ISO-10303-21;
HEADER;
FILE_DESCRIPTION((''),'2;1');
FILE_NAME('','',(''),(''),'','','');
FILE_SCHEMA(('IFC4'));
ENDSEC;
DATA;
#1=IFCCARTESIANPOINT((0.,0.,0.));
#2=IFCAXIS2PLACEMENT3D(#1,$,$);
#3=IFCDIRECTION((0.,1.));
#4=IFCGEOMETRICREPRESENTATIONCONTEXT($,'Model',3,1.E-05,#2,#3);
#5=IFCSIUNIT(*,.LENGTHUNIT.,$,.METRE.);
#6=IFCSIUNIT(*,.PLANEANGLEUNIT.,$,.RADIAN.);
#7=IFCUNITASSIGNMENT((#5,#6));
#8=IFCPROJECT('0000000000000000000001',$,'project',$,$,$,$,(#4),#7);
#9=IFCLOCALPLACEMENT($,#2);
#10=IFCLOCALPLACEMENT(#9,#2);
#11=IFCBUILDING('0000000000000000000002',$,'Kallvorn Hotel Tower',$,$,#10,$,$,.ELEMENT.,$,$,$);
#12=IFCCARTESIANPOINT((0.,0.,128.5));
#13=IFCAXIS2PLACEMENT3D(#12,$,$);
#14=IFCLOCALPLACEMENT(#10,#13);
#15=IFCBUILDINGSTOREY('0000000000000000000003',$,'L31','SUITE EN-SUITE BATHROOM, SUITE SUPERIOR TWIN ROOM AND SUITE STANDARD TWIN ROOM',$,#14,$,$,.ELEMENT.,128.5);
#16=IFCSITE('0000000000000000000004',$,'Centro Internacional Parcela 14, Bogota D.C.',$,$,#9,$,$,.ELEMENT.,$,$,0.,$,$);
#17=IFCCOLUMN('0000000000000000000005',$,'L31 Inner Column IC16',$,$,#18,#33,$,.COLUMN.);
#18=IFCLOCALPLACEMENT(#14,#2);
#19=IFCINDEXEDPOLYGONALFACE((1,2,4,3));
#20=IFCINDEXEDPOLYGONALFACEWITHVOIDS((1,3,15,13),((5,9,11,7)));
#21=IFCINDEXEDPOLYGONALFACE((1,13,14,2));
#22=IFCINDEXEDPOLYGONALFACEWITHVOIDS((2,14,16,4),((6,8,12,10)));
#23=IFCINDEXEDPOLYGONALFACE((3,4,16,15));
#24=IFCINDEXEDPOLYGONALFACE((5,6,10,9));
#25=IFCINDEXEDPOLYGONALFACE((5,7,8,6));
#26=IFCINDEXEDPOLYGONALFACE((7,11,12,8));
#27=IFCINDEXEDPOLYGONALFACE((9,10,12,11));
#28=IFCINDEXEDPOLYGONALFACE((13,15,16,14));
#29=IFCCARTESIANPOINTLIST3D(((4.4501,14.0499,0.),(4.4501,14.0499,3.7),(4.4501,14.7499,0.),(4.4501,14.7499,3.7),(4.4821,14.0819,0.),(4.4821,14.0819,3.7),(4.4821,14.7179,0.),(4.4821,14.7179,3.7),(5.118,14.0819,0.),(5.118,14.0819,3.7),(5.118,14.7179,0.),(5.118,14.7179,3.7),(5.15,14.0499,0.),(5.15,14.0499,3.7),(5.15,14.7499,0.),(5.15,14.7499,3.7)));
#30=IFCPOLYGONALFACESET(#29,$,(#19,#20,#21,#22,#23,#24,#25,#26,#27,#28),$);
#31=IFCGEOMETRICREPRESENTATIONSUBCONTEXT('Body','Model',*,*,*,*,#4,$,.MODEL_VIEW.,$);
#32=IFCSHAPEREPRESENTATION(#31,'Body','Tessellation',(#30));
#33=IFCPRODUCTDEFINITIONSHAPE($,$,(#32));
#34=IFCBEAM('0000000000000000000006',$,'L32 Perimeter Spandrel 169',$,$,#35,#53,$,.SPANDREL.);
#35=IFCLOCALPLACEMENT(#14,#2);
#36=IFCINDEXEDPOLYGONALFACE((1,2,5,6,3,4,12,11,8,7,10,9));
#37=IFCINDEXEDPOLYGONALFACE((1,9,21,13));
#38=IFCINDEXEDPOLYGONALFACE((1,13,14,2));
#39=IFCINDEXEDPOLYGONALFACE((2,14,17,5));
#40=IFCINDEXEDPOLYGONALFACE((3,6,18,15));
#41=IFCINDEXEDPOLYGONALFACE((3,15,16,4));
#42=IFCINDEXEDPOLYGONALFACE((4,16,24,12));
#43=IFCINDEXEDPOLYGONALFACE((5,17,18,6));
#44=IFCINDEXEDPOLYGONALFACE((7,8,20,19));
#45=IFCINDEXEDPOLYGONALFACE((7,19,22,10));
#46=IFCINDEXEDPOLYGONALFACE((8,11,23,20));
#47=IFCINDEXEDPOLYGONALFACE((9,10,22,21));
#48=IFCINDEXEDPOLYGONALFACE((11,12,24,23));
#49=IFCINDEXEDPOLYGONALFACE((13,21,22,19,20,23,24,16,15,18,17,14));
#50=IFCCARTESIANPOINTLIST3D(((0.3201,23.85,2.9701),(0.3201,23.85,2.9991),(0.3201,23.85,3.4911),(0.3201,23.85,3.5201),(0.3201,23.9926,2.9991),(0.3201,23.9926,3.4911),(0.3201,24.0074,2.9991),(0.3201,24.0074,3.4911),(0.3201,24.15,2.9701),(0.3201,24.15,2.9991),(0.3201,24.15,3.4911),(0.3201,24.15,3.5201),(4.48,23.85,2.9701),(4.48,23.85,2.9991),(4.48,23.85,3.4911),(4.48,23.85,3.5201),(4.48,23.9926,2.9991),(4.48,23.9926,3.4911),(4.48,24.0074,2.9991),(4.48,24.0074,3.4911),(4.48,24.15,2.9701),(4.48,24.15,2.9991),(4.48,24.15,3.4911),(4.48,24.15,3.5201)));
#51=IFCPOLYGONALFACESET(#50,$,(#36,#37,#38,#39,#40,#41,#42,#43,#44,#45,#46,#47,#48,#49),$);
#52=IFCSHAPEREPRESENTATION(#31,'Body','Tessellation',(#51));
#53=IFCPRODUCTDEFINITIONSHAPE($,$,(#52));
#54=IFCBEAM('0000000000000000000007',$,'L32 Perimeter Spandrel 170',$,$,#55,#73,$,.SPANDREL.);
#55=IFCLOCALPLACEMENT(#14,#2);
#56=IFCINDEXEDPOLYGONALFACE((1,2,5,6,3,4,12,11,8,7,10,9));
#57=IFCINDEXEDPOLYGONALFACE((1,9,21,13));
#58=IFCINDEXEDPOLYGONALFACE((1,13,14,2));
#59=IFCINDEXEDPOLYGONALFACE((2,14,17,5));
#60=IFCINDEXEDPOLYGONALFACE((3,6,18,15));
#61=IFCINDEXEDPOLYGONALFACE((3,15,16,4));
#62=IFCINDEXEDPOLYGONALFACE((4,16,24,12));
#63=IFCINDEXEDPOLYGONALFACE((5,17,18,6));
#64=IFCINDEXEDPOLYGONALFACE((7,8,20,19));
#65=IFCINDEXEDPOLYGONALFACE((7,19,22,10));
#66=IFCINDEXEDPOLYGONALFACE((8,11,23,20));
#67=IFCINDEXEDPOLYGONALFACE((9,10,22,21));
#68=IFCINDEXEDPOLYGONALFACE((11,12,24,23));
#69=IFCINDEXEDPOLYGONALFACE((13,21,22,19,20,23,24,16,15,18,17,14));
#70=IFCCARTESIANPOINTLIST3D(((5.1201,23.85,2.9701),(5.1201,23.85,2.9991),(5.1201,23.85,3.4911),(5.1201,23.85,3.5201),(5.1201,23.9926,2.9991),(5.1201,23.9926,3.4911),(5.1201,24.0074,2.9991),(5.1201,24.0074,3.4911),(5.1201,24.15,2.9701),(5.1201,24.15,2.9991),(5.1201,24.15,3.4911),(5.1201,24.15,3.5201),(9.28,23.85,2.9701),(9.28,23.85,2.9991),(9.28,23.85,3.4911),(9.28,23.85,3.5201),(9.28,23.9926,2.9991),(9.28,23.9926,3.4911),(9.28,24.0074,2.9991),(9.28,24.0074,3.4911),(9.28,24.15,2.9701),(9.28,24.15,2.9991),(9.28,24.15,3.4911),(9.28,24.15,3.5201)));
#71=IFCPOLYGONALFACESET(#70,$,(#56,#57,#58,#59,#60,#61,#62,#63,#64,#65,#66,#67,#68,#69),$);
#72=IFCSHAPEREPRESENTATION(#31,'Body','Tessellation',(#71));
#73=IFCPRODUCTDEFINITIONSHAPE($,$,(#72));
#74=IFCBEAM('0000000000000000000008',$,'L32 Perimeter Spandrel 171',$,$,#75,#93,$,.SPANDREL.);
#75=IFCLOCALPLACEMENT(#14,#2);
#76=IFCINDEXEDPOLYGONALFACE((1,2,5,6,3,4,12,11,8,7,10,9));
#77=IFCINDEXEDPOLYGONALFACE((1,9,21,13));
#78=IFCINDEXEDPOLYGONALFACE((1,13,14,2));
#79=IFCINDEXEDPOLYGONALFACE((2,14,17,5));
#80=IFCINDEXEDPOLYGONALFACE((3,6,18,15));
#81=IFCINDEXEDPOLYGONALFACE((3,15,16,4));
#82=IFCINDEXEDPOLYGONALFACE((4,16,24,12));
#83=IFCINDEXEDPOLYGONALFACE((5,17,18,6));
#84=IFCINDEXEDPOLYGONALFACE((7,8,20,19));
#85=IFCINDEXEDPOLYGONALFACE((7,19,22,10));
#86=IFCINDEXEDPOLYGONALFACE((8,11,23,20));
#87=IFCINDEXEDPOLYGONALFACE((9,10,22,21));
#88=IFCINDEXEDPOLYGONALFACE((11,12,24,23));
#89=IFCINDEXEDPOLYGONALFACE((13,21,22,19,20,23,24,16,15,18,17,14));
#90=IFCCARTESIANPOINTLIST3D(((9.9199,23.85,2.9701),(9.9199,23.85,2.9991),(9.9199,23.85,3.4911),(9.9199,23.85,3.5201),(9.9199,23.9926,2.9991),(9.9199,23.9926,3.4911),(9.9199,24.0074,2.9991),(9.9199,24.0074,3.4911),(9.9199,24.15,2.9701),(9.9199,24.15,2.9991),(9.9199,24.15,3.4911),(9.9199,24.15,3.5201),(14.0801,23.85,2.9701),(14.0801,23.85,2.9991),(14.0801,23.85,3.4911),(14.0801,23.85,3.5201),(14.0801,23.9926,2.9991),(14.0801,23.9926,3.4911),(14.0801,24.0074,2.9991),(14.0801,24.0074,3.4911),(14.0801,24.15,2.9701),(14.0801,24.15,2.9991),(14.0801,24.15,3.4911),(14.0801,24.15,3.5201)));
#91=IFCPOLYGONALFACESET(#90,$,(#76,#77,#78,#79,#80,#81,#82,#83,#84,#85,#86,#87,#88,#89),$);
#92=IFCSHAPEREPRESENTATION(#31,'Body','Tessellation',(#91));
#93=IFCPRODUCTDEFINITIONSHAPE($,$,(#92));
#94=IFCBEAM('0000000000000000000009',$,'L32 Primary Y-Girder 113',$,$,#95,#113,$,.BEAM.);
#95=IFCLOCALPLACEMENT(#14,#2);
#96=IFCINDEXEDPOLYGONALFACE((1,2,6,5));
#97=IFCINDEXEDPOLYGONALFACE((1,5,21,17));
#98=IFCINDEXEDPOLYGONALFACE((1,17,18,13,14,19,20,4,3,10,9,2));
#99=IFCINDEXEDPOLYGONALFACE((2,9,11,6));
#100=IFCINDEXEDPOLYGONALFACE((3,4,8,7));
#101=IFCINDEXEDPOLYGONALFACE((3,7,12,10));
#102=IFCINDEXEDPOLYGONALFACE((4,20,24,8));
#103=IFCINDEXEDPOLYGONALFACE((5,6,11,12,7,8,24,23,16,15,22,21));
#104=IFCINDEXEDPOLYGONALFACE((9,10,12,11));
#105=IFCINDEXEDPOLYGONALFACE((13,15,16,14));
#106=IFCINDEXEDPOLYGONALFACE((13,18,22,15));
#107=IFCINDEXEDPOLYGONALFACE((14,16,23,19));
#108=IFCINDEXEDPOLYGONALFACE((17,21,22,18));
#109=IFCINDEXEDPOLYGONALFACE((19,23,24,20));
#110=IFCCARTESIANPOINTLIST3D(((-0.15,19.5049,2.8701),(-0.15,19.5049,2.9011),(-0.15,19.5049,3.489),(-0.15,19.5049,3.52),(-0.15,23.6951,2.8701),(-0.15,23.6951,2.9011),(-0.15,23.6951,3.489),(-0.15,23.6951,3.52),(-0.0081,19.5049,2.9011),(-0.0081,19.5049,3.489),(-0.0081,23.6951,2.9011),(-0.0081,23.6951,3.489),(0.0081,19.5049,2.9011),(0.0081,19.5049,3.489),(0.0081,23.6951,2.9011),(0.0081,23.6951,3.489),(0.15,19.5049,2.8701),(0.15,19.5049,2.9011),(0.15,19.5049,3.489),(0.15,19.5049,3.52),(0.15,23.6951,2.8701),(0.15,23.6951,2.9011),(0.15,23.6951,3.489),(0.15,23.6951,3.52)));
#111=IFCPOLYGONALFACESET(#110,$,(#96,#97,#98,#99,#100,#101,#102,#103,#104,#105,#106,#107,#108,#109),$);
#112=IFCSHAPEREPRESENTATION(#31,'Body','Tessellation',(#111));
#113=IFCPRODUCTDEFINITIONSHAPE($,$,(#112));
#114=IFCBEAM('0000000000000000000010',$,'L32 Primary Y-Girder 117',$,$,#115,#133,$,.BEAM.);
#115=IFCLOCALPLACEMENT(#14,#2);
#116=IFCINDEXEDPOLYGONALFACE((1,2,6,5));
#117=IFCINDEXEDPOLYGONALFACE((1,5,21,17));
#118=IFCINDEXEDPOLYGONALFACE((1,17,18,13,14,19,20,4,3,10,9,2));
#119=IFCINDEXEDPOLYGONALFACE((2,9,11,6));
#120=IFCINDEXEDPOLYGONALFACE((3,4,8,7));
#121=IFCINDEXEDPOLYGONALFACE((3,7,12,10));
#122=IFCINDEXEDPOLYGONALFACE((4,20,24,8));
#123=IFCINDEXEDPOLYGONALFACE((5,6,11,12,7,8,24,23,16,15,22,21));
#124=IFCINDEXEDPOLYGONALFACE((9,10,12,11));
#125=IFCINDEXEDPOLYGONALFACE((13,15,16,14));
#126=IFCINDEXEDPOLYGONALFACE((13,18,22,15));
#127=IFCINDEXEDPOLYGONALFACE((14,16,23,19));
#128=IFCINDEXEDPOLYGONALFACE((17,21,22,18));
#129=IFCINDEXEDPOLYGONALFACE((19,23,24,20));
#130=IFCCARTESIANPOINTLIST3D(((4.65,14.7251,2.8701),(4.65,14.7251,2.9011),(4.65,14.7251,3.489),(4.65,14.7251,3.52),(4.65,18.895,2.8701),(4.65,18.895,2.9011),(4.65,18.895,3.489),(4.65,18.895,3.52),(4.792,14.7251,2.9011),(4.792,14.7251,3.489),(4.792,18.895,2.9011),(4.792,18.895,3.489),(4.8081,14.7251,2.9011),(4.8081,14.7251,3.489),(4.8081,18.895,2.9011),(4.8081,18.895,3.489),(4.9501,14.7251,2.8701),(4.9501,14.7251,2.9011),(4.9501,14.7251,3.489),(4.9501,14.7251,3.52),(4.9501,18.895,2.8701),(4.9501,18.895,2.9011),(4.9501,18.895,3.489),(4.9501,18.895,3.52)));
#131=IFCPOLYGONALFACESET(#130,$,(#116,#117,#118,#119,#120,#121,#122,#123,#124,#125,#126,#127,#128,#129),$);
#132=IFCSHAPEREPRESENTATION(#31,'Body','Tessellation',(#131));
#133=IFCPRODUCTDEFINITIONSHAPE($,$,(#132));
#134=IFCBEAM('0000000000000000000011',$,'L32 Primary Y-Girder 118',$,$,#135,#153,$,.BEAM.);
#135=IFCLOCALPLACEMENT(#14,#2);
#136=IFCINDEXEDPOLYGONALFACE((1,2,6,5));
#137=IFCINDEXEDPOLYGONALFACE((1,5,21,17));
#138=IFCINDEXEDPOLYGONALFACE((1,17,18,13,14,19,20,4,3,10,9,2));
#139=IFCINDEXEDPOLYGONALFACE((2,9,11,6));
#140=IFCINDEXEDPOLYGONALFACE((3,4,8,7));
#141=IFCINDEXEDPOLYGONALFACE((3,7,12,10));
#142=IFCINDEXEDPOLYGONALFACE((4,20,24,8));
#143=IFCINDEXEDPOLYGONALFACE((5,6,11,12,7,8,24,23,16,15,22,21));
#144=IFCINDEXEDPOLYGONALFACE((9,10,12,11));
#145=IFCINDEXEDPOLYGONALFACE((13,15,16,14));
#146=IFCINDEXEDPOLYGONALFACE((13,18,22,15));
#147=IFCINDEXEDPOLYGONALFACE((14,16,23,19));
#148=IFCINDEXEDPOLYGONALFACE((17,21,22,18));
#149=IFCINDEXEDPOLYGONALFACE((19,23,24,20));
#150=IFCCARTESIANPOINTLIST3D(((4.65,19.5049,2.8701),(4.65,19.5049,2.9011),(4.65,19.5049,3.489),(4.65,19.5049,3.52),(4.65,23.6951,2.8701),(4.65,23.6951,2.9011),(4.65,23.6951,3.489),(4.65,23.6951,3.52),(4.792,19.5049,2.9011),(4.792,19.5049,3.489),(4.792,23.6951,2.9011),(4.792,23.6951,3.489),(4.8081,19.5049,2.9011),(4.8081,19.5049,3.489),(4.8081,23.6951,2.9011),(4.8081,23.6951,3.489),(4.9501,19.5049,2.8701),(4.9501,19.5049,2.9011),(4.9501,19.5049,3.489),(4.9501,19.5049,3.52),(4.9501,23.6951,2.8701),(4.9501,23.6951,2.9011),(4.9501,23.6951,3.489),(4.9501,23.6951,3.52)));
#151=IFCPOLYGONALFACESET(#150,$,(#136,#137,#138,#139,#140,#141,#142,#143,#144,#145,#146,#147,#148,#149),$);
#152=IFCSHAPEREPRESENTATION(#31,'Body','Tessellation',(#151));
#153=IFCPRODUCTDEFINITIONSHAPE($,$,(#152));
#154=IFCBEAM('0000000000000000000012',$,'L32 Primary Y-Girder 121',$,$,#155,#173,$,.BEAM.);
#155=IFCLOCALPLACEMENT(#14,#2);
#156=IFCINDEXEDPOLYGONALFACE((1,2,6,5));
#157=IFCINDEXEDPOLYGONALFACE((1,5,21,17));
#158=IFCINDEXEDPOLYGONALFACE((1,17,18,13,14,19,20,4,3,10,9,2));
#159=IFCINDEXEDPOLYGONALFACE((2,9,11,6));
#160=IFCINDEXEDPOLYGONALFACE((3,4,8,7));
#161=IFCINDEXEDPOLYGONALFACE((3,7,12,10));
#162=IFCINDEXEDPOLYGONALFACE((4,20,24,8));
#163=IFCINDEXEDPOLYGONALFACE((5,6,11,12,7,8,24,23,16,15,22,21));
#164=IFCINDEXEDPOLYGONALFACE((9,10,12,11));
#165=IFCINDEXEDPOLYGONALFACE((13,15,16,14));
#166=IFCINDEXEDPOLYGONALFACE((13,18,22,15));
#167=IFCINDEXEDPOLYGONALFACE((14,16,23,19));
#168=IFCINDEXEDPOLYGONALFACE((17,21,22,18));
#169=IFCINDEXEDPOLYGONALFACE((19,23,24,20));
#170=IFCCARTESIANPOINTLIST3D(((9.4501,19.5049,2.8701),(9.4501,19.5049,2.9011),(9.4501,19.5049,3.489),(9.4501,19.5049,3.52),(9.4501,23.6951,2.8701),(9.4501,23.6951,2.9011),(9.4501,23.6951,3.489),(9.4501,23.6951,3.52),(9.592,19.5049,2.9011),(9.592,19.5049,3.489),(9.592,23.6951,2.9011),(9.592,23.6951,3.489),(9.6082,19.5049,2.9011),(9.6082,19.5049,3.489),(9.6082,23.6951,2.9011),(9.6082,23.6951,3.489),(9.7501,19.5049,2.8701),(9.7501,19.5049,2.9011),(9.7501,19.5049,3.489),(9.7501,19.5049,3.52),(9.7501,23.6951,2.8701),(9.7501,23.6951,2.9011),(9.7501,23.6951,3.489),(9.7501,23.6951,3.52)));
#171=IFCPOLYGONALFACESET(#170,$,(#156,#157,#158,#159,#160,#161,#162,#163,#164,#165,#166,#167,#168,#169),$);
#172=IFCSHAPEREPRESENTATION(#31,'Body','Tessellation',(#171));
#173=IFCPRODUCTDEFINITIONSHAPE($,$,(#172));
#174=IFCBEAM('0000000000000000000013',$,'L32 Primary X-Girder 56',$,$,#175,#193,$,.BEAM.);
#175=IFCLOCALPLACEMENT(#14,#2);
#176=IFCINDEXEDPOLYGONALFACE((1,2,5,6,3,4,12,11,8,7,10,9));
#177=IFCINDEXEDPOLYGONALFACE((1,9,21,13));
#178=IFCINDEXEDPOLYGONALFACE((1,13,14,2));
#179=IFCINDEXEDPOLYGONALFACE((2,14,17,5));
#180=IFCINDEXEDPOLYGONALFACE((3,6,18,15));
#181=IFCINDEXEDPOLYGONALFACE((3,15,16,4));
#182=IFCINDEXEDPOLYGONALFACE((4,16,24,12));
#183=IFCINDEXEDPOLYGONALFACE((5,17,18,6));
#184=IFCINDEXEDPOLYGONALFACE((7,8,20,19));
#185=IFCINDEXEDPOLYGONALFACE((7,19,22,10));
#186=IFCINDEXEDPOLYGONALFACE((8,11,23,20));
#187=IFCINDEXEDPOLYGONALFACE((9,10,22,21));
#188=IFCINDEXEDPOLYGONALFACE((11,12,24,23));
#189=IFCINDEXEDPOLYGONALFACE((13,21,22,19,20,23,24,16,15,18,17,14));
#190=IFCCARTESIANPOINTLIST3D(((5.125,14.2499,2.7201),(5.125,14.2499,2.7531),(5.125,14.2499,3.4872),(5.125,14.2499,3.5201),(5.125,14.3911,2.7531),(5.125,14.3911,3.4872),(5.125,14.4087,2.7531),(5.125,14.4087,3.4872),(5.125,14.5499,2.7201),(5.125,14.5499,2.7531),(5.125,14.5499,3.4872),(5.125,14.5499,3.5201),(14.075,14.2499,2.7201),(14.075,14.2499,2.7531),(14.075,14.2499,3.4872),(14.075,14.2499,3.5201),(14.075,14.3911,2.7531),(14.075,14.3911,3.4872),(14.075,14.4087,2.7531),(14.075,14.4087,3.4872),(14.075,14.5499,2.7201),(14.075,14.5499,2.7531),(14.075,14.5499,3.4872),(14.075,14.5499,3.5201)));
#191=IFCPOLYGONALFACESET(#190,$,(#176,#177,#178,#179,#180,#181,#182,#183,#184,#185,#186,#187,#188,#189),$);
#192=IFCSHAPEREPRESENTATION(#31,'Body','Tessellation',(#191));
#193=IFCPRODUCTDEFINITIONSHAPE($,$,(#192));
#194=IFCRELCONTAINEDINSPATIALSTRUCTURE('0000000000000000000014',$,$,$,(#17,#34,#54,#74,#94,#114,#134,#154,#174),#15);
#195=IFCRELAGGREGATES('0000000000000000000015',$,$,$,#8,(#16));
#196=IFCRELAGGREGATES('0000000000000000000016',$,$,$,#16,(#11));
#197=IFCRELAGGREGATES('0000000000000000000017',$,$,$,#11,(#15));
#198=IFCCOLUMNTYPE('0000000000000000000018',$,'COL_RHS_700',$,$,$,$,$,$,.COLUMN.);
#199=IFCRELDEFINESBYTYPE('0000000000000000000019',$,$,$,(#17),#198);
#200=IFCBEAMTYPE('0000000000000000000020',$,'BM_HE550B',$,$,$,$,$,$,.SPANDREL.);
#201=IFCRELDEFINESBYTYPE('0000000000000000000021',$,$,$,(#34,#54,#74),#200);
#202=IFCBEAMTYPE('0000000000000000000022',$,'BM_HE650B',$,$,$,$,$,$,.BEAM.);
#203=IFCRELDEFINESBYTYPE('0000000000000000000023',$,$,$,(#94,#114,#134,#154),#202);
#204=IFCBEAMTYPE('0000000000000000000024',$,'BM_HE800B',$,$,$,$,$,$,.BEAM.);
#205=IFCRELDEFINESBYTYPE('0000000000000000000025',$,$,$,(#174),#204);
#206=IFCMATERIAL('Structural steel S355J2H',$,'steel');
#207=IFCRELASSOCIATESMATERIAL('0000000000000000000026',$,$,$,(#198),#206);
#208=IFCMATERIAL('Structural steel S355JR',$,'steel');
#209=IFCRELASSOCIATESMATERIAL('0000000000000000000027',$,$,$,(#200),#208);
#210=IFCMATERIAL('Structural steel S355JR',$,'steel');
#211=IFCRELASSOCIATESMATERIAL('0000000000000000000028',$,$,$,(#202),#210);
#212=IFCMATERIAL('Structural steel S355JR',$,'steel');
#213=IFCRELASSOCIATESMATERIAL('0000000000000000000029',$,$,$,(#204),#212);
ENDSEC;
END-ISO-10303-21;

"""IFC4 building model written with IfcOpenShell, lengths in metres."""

from ifc_helpers import new_model, si_unit, direction, frame, origin, origin_2d, place, context, subcontext, project, spatial, hollow_rectangle, i_section, extrude, material, material_profile, profile_set, type_object, element, save


model = new_model("IFC4")

# Units and contexts
model_context = context("Model", 3, precision=1e-05, world=origin(), true_north=direction((0.0, 1.0)))
body_context = subcontext(model_context, "Body", "Model", "MODEL_VIEW")
ifc_project = project(units=[si_unit("LENGTHUNIT", "METRE"), si_unit("PLANEANGLEUNIT", "RADIAN")], contexts=[model_context])

# Site, building, storey
site_placement = place(None, origin())
site = spatial("IfcSite", under=ifc_project, at=site_placement, Name="Centro Internacional Parcela 14, Bogota D.C.", CompositionType="ELEMENT", RefElevation=0.0)
building_placement = place(site_placement, origin())
building = spatial("IfcBuilding", under=site, at=building_placement, Name="Kallvorn Hotel Tower", CompositionType="ELEMENT")
storey_placement = place(building_placement, frame((0.0, 0.0, 128.5)))
storey = spatial("IfcBuildingStorey", under=building, at=storey_placement, Name="L31", Description="SUITE EN-SUITE BATHROOM, SUITE SUPERIOR TWIN ROOM AND SUITE STANDARD TWIN ROOM", CompositionType="ELEMENT", Elevation=128.5)

# Column
ifc_material_1 = material(Name="Structural steel S355J2H", Category="steel")
ifc_material_profile_1 = material_profile(ifc_material_1, hollow_rectangle(XDim=0.7, YDim=0.7, WallThickness=0.032, at=origin_2d()), Name="RHS 700x700x32")
ifc_profile_set_1 = profile_set([ifc_material_profile_1], Name="Structural steel S355J2H")
column_type_1 = type_object("IfcColumnType", Name="COL_RHS_700", PredefinedType="COLUMN", material=ifc_profile_set_1)
column_placement = place(storey_placement, frame((4.8, 14.3999, 0.0), z_axis=(0.0, 0.0, 1.0), x_axis=(1.0, 0.0, 0.0)))
element("IfcColumn", 1, at=column_placement, inside=storey, type_object=column_type_1, Name="L31 Inner Column IC16", PredefinedType="COLUMN", context=body_context, shape_type="SweptSolid", body=[
    extrude(hollow_rectangle(XDim=0.7, YDim=0.7, WallThickness=0.032, at=origin_2d()), origin(), (0.0, 0.0, 1.0), 3.7),
])

# Beams
ifc_material_2 = material(Name="Structural steel S355JR", Category="steel")
ifc_material_profile_2 = material_profile(ifc_material_2, i_section(OverallWidth=0.3, OverallDepth=0.55, WebThickness=0.0149, FlangeThickness=0.0291, at=origin_2d()), Name="HE 550 B")
ifc_profile_set_2 = profile_set([ifc_material_profile_2], Name="Structural steel S355JR")
beam_type_1 = type_object("IfcBeamType", Name="BM_HE550B", PredefinedType="SPANDREL", material=ifc_profile_set_2)
for number, where, z_axis, x_axis, name in (
    (2, (0.3201, 24.0, 3.2451), (1.0, 0.0, 0.0), (0.0, 1.0, 0.0), "L32 Perimeter Spandrel 169"),
    (3, (5.1201, 24.0, 3.2451), (1.0, 0.0, 0.0), (0.0, 1.0, 0.0), "L32 Perimeter Spandrel 170"),
):
    element("IfcBeam", number, at=place(storey_placement, frame(where, z_axis=z_axis, x_axis=x_axis)), inside=storey, type_object=beam_type_1, Name=name, PredefinedType="SPANDREL", context=body_context, shape_type="SweptSolid", body=[
        extrude(i_section(OverallWidth=0.3, OverallDepth=0.55, WebThickness=0.0149, FlangeThickness=0.0291, at=origin_2d()), origin(), (0.0, 0.0, 1.0), 4.1599),
    ])
beam_1_placement = place(storey_placement, frame((9.9199, 24.0, 3.2451), z_axis=(1.0, 0.0, 0.0), x_axis=(0.0, 1.0, 0.0)))
element("IfcBeam", 4, at=beam_1_placement, inside=storey, type_object=beam_type_1, Name="L32 Perimeter Spandrel 171", PredefinedType="SPANDREL", context=body_context, shape_type="SweptSolid", body=[
    extrude(i_section(OverallWidth=0.3, OverallDepth=0.55, WebThickness=0.0149, FlangeThickness=0.0291, at=origin_2d()), origin(), (0.0, 0.0, 1.0), 4.1602),
])
ifc_material_3 = material(Name="Structural steel S355JR", Category="steel")
ifc_material_profile_3 = material_profile(ifc_material_3, i_section(OverallWidth=0.3, OverallDepth=0.6499, WebThickness=0.0161, FlangeThickness=0.031, at=origin_2d()), Name="HE 650 B")
ifc_profile_set_3 = profile_set([ifc_material_profile_3], Name="Structural steel S355JR")
beam_type_2 = type_object("IfcBeamType", Name="BM_HE650B", PredefinedType="BEAM", material=ifc_profile_set_3)
beam_2_placement = place(storey_placement, frame((0.0, 19.5049, 3.1951), z_axis=(0.0, 1.0, 0.0), x_axis=(-1.0, 0.0, 0.0)))
element("IfcBeam", 5, at=beam_2_placement, inside=storey, type_object=beam_type_2, Name="L32 Primary Y-Girder 113", PredefinedType="BEAM", context=body_context, shape_type="SweptSolid", body=[
    extrude(i_section(OverallWidth=0.3, OverallDepth=0.6499, WebThickness=0.0161, FlangeThickness=0.031, at=origin_2d()), origin(), (0.0, 0.0, 1.0), 4.1902),
])
beam_3_placement = place(storey_placement, frame((4.8, 14.7251, 3.1951), z_axis=(0.0, 1.0, 0.0), x_axis=(-1.0, 0.0, 0.0)))
element("IfcBeam", 6, at=beam_3_placement, inside=storey, type_object=beam_type_2, Name="L32 Primary Y-Girder 117", PredefinedType="BEAM", context=body_context, shape_type="SweptSolid", body=[
    extrude(i_section(OverallWidth=0.3, OverallDepth=0.6499, WebThickness=0.0161, FlangeThickness=0.031, at=origin_2d()), origin(), (0.0, 0.0, 1.0), 4.1699),
])
for number, where, z_axis, x_axis, name in (
    (7, (4.8, 19.5049, 3.1951), (0.0, 1.0, 0.0), (-1.0, 0.0, 0.0), "L32 Primary Y-Girder 118"),
    (8, (9.6001, 19.5049, 3.1951), (0.0, 1.0, 0.0), (-1.0, 0.0, 0.0), "L32 Primary Y-Girder 121"),
):
    element("IfcBeam", number, at=place(storey_placement, frame(where, z_axis=z_axis, x_axis=x_axis)), inside=storey, type_object=beam_type_2, Name=name, PredefinedType="BEAM", context=body_context, shape_type="SweptSolid", body=[
        extrude(i_section(OverallWidth=0.3, OverallDepth=0.6499, WebThickness=0.0161, FlangeThickness=0.031, at=origin_2d()), origin(), (0.0, 0.0, 1.0), 4.1902),
    ])
ifc_material_4 = material(Name="Structural steel S355JR", Category="steel")
ifc_material_profile_4 = material_profile(ifc_material_4, i_section(OverallWidth=0.3, OverallDepth=0.8, WebThickness=0.0176, FlangeThickness=0.033, at=origin_2d()), Name="HE 800 B")
ifc_profile_set_4 = profile_set([ifc_material_profile_4], Name="Structural steel S355JR")
beam_type_3 = type_object("IfcBeamType", Name="BM_HE800B", PredefinedType="BEAM", material=ifc_profile_set_4)
beam_4_placement = place(storey_placement, frame((5.125, 14.3999, 3.1201), z_axis=(1.0, 0.0, 0.0), x_axis=(0.0, 1.0, 0.0)))
element("IfcBeam", 9, at=beam_4_placement, inside=storey, type_object=beam_type_3, Name="L32 Primary X-Girder 56", PredefinedType="BEAM", context=body_context, shape_type="SweptSolid", body=[
    extrude(i_section(OverallWidth=0.3, OverallDepth=0.8, WebThickness=0.0176, FlangeThickness=0.033, at=origin_2d()), origin(), (0.0, 0.0, 1.0), 8.95),
])

save(model, "model.ifc")
